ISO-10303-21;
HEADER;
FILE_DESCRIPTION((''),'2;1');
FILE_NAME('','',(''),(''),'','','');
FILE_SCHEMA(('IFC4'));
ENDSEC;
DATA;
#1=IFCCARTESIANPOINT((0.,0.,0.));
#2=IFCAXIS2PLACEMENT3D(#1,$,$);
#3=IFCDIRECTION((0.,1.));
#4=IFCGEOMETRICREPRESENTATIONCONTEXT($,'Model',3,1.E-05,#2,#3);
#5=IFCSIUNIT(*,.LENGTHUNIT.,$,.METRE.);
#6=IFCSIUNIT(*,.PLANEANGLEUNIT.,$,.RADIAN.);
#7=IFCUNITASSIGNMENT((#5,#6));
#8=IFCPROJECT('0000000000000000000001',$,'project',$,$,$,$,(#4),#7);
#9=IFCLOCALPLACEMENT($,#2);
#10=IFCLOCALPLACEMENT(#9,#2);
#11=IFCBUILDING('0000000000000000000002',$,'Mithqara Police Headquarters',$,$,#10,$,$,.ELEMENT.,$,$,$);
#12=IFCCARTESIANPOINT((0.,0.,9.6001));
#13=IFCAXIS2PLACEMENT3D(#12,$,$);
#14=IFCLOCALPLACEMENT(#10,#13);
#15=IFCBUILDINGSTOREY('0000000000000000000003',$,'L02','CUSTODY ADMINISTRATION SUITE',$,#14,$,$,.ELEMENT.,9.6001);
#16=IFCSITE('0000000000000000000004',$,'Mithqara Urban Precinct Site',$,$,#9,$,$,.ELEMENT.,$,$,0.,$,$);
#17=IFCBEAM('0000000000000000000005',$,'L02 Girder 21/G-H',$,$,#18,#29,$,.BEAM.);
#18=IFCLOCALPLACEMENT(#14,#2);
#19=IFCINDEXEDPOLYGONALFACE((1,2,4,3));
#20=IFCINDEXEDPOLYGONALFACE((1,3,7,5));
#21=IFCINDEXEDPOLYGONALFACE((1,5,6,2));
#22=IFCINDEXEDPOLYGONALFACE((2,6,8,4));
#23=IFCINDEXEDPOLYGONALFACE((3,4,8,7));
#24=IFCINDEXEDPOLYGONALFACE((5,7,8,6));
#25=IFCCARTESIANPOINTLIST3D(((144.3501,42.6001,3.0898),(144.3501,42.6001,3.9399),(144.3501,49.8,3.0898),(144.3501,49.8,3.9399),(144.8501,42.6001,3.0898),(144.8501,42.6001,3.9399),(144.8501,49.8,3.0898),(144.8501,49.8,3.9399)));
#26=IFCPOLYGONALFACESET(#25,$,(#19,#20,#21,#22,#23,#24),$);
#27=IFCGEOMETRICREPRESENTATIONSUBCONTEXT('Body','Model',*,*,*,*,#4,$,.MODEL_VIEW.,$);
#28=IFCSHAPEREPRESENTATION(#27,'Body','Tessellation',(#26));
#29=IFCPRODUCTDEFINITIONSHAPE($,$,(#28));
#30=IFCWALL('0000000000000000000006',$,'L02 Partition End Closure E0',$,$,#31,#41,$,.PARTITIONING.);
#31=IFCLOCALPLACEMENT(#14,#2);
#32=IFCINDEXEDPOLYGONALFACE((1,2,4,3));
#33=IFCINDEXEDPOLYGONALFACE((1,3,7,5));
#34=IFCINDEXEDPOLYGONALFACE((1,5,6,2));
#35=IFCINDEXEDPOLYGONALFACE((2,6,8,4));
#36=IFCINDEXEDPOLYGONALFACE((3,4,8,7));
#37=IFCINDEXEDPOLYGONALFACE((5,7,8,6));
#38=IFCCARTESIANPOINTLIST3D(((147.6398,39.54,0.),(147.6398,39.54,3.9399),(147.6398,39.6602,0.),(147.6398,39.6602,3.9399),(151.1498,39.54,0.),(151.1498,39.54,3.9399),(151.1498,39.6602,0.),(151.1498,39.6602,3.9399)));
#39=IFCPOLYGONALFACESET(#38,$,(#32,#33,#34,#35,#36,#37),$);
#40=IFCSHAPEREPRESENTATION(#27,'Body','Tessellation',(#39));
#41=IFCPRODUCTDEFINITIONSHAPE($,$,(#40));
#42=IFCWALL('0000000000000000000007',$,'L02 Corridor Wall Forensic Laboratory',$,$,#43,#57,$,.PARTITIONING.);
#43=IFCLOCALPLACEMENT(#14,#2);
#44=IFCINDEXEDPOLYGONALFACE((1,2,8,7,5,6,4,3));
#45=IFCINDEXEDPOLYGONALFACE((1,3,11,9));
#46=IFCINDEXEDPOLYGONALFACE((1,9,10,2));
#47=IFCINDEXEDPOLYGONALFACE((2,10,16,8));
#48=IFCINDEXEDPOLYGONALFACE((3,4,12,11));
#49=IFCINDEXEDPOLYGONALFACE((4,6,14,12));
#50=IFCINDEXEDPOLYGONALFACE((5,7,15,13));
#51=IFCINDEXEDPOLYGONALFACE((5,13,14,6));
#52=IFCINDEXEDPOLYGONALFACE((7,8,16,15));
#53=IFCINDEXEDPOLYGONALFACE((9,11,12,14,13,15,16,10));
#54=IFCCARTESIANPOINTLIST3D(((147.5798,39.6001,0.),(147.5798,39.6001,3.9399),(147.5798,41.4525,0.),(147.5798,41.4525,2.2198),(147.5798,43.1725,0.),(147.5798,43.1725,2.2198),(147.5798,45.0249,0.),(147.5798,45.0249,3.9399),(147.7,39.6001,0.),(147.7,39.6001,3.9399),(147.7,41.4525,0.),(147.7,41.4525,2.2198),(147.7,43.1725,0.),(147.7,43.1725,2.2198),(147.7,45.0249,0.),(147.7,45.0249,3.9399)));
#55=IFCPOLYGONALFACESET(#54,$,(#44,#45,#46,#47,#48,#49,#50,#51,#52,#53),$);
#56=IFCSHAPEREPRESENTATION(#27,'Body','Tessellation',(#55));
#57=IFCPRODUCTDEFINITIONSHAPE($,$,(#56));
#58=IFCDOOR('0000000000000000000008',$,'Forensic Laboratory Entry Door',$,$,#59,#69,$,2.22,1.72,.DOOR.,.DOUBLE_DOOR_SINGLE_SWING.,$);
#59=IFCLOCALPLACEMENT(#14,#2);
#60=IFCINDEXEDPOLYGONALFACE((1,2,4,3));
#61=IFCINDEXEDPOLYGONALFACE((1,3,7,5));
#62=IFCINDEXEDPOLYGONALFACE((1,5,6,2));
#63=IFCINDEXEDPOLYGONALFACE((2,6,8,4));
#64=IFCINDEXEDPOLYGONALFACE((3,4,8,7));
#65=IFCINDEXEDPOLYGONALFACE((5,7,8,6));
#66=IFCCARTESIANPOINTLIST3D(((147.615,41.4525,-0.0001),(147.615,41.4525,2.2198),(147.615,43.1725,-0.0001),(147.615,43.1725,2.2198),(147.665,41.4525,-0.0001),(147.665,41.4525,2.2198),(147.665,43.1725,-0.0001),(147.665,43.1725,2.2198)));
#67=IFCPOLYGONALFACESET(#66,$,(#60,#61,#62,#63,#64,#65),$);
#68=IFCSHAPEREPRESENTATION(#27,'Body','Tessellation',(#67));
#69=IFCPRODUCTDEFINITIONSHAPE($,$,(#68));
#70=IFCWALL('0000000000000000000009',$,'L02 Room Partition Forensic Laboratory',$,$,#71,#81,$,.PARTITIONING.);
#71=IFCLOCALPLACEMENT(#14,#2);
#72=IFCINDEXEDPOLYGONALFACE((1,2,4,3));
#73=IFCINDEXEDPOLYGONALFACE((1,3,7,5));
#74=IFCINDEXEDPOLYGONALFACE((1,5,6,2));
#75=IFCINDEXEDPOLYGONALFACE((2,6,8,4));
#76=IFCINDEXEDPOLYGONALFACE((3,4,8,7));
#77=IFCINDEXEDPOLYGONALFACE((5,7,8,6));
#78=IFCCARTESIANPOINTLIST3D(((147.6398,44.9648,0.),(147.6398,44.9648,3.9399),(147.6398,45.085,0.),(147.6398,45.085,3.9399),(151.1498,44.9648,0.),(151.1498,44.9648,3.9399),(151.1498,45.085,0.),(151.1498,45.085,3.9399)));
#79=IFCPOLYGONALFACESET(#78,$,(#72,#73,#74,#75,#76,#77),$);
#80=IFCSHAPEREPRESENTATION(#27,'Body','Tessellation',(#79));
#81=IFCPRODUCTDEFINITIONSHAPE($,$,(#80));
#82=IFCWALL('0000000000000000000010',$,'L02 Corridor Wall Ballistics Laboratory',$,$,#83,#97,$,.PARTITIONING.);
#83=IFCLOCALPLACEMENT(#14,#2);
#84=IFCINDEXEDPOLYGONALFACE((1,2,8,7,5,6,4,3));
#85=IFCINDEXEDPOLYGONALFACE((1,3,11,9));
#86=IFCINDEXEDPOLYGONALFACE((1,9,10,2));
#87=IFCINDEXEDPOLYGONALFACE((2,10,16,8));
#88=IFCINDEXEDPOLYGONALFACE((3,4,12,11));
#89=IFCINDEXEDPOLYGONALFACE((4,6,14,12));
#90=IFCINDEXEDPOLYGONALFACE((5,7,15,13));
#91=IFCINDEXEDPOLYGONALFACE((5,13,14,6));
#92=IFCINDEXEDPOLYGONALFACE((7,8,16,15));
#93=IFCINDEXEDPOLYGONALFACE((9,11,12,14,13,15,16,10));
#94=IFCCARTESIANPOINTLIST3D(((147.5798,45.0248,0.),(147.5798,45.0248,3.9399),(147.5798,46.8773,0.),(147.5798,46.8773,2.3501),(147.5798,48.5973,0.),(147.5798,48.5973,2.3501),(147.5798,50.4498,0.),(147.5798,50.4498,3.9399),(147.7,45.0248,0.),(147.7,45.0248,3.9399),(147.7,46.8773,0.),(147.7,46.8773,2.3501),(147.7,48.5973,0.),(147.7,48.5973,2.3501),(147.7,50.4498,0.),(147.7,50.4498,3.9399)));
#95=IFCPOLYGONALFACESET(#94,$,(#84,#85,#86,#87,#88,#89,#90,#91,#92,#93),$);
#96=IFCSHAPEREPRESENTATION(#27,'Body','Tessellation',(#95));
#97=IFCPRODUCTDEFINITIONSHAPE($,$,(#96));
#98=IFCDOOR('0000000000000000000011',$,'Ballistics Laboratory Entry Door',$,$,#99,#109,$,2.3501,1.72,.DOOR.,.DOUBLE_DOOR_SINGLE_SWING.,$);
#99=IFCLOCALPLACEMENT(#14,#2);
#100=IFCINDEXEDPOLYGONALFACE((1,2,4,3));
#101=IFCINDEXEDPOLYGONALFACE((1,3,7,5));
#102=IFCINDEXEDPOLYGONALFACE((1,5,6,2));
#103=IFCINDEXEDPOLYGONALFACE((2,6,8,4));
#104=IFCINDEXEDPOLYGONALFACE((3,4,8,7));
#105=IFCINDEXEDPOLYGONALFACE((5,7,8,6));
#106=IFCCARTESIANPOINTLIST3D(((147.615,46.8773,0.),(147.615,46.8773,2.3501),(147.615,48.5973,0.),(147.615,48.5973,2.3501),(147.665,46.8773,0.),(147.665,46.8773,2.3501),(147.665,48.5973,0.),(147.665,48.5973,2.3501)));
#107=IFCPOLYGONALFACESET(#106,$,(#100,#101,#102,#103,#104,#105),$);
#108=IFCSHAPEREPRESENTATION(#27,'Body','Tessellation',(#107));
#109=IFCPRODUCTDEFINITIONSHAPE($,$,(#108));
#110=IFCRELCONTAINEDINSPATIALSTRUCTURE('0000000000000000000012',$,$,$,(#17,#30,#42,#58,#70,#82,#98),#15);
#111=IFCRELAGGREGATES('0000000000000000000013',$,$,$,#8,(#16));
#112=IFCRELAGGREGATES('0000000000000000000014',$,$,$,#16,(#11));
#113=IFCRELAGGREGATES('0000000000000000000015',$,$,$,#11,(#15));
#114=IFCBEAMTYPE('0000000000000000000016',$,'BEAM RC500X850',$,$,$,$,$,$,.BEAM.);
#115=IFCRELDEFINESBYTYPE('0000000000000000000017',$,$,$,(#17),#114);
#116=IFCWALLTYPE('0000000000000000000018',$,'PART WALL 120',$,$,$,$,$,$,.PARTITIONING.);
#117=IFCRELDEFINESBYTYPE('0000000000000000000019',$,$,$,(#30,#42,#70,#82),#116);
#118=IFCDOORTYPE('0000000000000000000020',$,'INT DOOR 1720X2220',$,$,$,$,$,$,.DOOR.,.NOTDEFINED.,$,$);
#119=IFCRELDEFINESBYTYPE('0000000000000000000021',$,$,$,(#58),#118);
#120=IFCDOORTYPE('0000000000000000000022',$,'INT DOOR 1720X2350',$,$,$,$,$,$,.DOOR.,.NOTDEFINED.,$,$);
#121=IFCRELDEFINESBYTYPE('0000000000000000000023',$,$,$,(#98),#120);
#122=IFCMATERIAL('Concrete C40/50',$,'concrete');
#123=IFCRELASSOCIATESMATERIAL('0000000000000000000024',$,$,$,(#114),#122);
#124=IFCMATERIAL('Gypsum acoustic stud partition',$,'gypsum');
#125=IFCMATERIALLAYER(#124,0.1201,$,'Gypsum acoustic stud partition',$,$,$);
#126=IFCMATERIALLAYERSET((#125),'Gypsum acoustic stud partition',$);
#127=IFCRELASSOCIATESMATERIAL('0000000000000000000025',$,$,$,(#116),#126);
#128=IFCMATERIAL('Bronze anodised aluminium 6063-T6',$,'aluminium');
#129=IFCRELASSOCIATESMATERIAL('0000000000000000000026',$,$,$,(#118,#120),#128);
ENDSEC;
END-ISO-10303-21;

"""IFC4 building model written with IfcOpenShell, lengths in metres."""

from ifc_helpers import new_model, si_unit, direction, frame, frame_2d, origin, origin_2d, place, context, subcontext, project, spatial, rectangle, extrude, material, layer, layer_set, material_profile, profile_set, type_object, element, fill, save


model = new_model("IFC4")

# Units and contexts
model_context = context("Model", 3, precision=1e-05, world=origin(), true_north=direction((0.0, 1.0)))
body_context = subcontext(model_context, "Body", "Model", "MODEL_VIEW")
ifc_project = project(units=[si_unit("LENGTHUNIT", "METRE"), si_unit("PLANEANGLEUNIT", "RADIAN")], contexts=[model_context])

# Site, building, storey
site_placement = place(None, origin())
site = spatial("IfcSite", under=ifc_project, at=site_placement, Name="Mithqara Urban Precinct Site", CompositionType="ELEMENT", RefElevation=0.0)
building_placement = place(site_placement, origin())
building = spatial("IfcBuilding", under=site, at=building_placement, Name="Mithqara Police Headquarters", CompositionType="ELEMENT")
storey_placement = place(building_placement, frame((0.0, 0.0, 9.6001)))
storey = spatial("IfcBuildingStorey", under=building, at=storey_placement, Name="L02", Description="CUSTODY ADMINISTRATION SUITE", CompositionType="ELEMENT", Elevation=9.6001)

# Beam
ifc_material_1 = material(Name="Concrete C40/50", Category="concrete")
ifc_material_profile_1 = material_profile(ifc_material_1, rectangle(XDim=0.5, YDim=0.8501, at=origin_2d()), Name="RC 500x850")
ifc_profile_set_1 = profile_set([ifc_material_profile_1], Name="Concrete C40/50")
beam_type_1 = type_object("IfcBeamType", Name="BEAM RC500X850", PredefinedType="BEAM", material=ifc_profile_set_1)
beam_1_placement = place(storey_placement, frame((144.6001, 42.6001, 3.5149), z_axis=(0.0, 1.0, 0.0), x_axis=(-1.0, 0.0, 0.0)))
element("IfcBeam", 1, at=beam_1_placement, inside=storey, type_object=beam_type_1, Name="L02 Girder 21/G-H", PredefinedType="BEAM", context=body_context, shape_type="SweptSolid", body=[
    extrude(rectangle(XDim=0.5, YDim=0.8501, at=origin_2d()), origin(), (0.0, 0.0, 1.0), 7.2),
])

# Wall
ifc_material_2 = material(Name="Gypsum acoustic stud partition", Category="gypsum")
ifc_layer = layer(ifc_material_2, 0.1201, Name="Gypsum acoustic stud partition")
ifc_layer_set = layer_set([ifc_layer], Name="Gypsum acoustic stud partition")
wall_type = type_object("IfcWallType", Name="PART WALL 120", PredefinedType="PARTITIONING", material=ifc_layer_set)
wall_1_placement = place(storey_placement, frame((147.6399, 39.6001, 0.0), z_axis=(0.0, 0.0, 1.0), x_axis=(1.0, 0.0, 0.0)))
element("IfcWall", 2, at=wall_1_placement, inside=storey, type_object=wall_type, Name="L02 Partition End Closure E0", PredefinedType="PARTITIONING", context=body_context, shape_type="SweptSolid", body=[
    extrude(rectangle(XDim=3.51, YDim=0.1201, at=frame_2d((1.7549, 0.0))), origin(), (0.0, 0.0, 1.0), 3.9399),
])

# Wall, opening, door
wall_2_placement = place(storey_placement, frame((147.6399, 39.6001, 0.0), z_axis=(0.0, 0.0, 1.0), x_axis=(0.0, 1.0, 0.0)))
wall_2 = element("IfcWall", 3, at=wall_2_placement, inside=storey, type_object=wall_type, Name="L02 Corridor Wall Forensic Laboratory", PredefinedType="PARTITIONING", context=body_context, shape_type="SweptSolid", body=[
    extrude(rectangle(XDim=5.4248, YDim=0.1201, at=frame_2d((2.7124, 0.0))), origin(), (0.0, 0.0, 1.0), 3.9399),
])
opening_1_placement = place(wall_2_placement, frame((1.8525, 0.0, 0.0)))
opening_1 = element("IfcOpeningElement", 4, at=opening_1_placement, cuts=wall_2, PredefinedType="OPENING", context=body_context, shape_type="SweptSolid", body=[
    extrude(rectangle(XDim=1.72, YDim=2.22, at=frame_2d((0.8599, 1.1099))), frame((0.0, 0.0701, 0.0), z_axis=(0.0, -1.0, 0.0), x_axis=(1.0, 0.0, 0.0)), (0.0, 0.0, 1.0), 0.1401),
])
ifc_material_3 = material(Name="Bronze anodised aluminium 6063-T6", Category="aluminium")
door_type_1 = type_object("IfcDoorType", Name="INT DOOR 1720X2220", OperationType="NOTDEFINED", PredefinedType="DOOR", material=ifc_material_3)
door_1_placement = place(opening_1_placement, origin())
door_1 = element("IfcDoor", 5, at=door_1_placement, inside=storey, type_object=door_type_1, Name="Forensic Laboratory Entry Door", OperationType="DOUBLE_DOOR_SINGLE_SWING", OverallHeight=2.22, OverallWidth=1.72, PredefinedType="DOOR", context=body_context, shape_type="SweptSolid", body=[
    extrude(rectangle(XDim=1.72, YDim=2.22, at=frame_2d((0.8599, 1.1099))), frame((0.0, 0.0249, 0.0), z_axis=(0.0, -1.0, 0.0), x_axis=(1.0, 0.0, 0.0)), (0.0, 0.0, 1.0), 0.05),
])
fill(opening_1, door_1)

# Wall
wall_3_placement = place(storey_placement, frame((147.6399, 45.0249, 0.0), z_axis=(0.0, 0.0, 1.0), x_axis=(1.0, 0.0, 0.0)))
element("IfcWall", 6, at=wall_3_placement, inside=storey, type_object=wall_type, Name="L02 Room Partition Forensic Laboratory", PredefinedType="PARTITIONING", context=body_context, shape_type="SweptSolid", body=[
    extrude(rectangle(XDim=3.51, YDim=0.1201, at=frame_2d((1.7549, 0.0))), origin(), (0.0, 0.0, 1.0), 3.9399),
])

# Wall, opening, door
wall_4_placement = place(storey_placement, frame((147.6399, 45.0249, 0.0), z_axis=(0.0, 0.0, 1.0), x_axis=(0.0, 1.0, 0.0)))
wall_4 = element("IfcWall", 7, at=wall_4_placement, inside=storey, type_object=wall_type, Name="L02 Corridor Wall Ballistics Laboratory", PredefinedType="PARTITIONING", context=body_context, shape_type="SweptSolid", body=[
    extrude(rectangle(XDim=5.425, YDim=0.1201, at=frame_2d((2.7124, 0.0))), origin(), (0.0, 0.0, 1.0), 3.9399),
])
opening_2_placement = place(wall_4_placement, frame((1.8525, 0.0, 0.0)))
opening_2 = element("IfcOpeningElement", 8, at=opening_2_placement, cuts=wall_4, PredefinedType="OPENING", context=body_context, shape_type="SweptSolid", body=[
    extrude(rectangle(XDim=1.72, YDim=2.3501, at=frame_2d((0.8599, 1.175))), frame((0.0, 0.0701, 0.0), z_axis=(0.0, -1.0, 0.0), x_axis=(1.0, 0.0, 0.0)), (0.0, 0.0, 1.0), 0.1401),
])
door_type_2 = type_object("IfcDoorType", Name="INT DOOR 1720X2350", OperationType="NOTDEFINED", PredefinedType="DOOR", material=ifc_material_3)
door_2_placement = place(opening_2_placement, origin())
door_2 = element("IfcDoor", 9, at=door_2_placement, inside=storey, type_object=door_type_2, Name="Ballistics Laboratory Entry Door", OperationType="DOUBLE_DOOR_SINGLE_SWING", OverallHeight=2.3501, OverallWidth=1.72, PredefinedType="DOOR", context=body_context, shape_type="SweptSolid", body=[
    extrude(rectangle(XDim=1.72, YDim=2.3501, at=frame_2d((0.8599, 1.175))), frame((0.0, 0.0249, 0.0), z_axis=(0.0, -1.0, 0.0), x_axis=(1.0, 0.0, 0.0)), (0.0, 0.0, 1.0), 0.05),
])
fill(opening_2, door_2)

save(model, "model.ifc")
